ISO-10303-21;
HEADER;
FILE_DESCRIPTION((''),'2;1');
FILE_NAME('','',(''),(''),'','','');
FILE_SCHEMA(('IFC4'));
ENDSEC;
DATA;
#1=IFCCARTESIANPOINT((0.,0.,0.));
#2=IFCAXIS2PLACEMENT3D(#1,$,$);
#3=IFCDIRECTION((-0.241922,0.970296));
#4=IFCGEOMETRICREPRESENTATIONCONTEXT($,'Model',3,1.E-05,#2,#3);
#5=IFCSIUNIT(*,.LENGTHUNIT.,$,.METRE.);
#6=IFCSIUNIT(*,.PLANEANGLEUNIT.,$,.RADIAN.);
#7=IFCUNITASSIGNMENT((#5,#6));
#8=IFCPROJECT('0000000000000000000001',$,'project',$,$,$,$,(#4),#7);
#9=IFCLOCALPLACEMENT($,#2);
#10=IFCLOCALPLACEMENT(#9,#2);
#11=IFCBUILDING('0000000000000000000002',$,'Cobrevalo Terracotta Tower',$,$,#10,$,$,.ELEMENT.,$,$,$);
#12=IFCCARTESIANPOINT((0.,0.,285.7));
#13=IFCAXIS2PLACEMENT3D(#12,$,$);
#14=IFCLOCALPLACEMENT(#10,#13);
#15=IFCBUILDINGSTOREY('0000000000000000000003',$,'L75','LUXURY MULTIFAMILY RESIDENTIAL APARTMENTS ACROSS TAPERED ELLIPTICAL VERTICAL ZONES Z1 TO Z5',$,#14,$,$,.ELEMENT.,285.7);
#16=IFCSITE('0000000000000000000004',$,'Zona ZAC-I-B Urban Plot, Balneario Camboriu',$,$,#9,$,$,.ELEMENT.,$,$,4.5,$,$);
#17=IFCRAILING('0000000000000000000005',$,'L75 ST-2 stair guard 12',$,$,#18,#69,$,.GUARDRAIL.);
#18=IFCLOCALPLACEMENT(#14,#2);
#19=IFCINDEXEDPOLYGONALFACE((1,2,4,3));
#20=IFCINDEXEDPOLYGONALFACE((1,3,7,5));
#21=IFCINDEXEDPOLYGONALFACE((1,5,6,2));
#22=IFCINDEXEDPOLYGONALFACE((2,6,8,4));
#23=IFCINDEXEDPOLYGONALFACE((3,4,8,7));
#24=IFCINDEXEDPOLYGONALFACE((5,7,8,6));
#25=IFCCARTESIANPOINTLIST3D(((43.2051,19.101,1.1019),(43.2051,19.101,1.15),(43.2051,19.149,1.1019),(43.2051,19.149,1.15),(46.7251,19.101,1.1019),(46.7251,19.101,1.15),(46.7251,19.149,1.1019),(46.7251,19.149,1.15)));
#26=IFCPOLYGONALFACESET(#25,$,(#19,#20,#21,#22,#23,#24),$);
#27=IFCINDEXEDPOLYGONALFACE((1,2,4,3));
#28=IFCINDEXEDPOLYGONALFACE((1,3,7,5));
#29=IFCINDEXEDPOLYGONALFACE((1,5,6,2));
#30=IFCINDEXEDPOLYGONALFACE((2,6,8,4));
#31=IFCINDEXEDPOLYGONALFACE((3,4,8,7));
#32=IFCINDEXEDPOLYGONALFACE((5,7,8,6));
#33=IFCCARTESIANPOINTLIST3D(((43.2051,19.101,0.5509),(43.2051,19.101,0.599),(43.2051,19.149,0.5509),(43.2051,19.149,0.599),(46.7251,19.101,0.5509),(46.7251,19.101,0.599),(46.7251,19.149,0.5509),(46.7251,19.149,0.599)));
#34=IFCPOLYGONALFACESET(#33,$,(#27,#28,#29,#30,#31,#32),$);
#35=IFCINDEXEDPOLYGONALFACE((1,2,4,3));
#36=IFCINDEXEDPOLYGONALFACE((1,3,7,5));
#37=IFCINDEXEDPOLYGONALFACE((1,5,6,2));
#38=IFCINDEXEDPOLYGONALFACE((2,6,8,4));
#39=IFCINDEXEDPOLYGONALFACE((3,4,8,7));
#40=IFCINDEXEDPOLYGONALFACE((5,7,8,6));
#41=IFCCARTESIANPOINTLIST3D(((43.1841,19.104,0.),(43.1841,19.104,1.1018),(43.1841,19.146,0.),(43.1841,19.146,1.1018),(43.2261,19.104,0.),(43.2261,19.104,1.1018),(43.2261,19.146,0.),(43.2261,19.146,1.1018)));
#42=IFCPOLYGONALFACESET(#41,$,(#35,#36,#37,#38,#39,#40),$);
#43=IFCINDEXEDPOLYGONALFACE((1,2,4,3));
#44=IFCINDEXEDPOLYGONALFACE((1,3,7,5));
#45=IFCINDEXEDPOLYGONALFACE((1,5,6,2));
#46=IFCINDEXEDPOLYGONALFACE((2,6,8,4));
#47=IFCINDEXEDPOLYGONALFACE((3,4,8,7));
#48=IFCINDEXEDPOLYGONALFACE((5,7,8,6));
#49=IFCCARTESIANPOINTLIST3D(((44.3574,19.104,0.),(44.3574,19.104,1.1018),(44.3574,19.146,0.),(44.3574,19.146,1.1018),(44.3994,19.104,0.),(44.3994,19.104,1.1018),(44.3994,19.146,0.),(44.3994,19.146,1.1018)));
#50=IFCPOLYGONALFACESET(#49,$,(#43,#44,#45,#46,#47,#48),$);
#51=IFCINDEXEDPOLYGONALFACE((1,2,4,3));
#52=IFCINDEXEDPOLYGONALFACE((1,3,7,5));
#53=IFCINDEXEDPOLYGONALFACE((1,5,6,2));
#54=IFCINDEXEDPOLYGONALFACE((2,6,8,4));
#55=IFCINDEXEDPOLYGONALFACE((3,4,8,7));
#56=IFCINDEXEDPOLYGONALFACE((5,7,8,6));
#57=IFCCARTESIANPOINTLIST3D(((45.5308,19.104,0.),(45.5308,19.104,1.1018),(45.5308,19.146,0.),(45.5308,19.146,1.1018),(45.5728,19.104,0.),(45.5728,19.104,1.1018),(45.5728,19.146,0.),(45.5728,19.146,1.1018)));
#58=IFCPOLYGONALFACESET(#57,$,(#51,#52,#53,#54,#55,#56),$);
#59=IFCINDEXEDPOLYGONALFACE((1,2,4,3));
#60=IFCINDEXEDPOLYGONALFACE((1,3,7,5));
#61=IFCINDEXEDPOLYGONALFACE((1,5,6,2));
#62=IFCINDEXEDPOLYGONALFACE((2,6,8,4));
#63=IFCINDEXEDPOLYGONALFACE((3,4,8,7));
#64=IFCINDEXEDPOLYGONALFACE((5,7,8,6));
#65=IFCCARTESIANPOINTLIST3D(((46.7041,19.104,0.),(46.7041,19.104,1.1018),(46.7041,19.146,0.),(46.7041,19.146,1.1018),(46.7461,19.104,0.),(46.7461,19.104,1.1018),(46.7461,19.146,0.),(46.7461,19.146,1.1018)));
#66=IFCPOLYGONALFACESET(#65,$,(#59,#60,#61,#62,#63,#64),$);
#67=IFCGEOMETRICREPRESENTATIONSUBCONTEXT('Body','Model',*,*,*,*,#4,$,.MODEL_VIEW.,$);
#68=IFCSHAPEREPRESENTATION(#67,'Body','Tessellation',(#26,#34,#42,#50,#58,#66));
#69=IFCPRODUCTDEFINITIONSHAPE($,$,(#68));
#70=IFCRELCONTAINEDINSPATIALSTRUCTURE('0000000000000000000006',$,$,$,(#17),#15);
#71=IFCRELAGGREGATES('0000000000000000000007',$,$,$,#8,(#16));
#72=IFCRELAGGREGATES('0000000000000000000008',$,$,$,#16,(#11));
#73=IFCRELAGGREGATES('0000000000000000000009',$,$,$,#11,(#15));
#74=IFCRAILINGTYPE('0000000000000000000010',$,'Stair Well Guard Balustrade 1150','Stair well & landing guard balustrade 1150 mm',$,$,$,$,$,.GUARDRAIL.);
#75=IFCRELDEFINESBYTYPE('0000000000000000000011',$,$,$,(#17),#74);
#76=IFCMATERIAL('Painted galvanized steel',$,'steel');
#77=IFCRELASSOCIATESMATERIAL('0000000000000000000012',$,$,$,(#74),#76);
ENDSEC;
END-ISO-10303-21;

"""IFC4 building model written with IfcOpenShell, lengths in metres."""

from ifc_helpers import new_model, si_unit, direction, frame, origin, origin_2d, place, context, subcontext, project, spatial, rectangle, extrude, material, type_object, element, save


model = new_model("IFC4")

# Units and contexts
model_context = context("Model", 3, precision=1e-05, world=origin(), true_north=direction((-0.241922, 0.970296)))
body_context = subcontext(model_context, "Body", "Model", "MODEL_VIEW")
ifc_project = project(units=[si_unit("LENGTHUNIT", "METRE"), si_unit("PLANEANGLEUNIT", "RADIAN")], contexts=[model_context])

# Site, building, storey
site_placement = place(None, origin())
site = spatial("IfcSite", under=ifc_project, at=site_placement, Name="Zona ZAC-I-B Urban Plot, Balneario Camboriu", CompositionType="ELEMENT", RefElevation=4.5)
building_placement = place(site_placement, origin())
building = spatial("IfcBuilding", under=site, at=building_placement, Name="Cobrevalo Terracotta Tower", CompositionType="ELEMENT")
storey_placement = place(building_placement, frame((0.0, 0.0, 285.7)))
storey = spatial("IfcBuildingStorey", under=building, at=storey_placement, Name="L75", Description="LUXURY MULTIFAMILY RESIDENTIAL APARTMENTS ACROSS TAPERED ELLIPTICAL VERTICAL ZONES Z1 TO Z5", CompositionType="ELEMENT", Elevation=285.7)

# Railing
ifc_material_1 = material(Name="Painted galvanized steel", Category="steel")
railing_type = type_object("IfcRailingType", Name="Stair Well Guard Balustrade 1150", Description="Stair well & landing guard balustrade 1150 mm", PredefinedType="GUARDRAIL", material=ifc_material_1)
railing_placement = place(storey_placement, frame((43.2051, 19.125, 0.0)))
element("IfcRailing", 1, at=railing_placement, inside=storey, type_object=railing_type, Name="L75 ST-2 stair guard 12", PredefinedType="GUARDRAIL", context=body_context, shape_type="SweptSolid", body=[
    extrude(rectangle(XDim=0.0481, YDim=0.0481, at=origin_2d()), frame((0.0, 0.0, 1.126), z_axis=(1.0, 0.0, 0.0), x_axis=(0.0, 1.0, 0.0)), (0.0, 0.0, 1.0), 3.52),
    extrude(rectangle(XDim=0.0481, YDim=0.0481, at=origin_2d()), frame((0.0, 0.0, 0.575), z_axis=(1.0, 0.0, 0.0), x_axis=(0.0, 1.0, 0.0)), (0.0, 0.0, 1.0), 3.52),
    extrude(rectangle(XDim=0.042, YDim=0.042, at=origin_2d()), origin(), (0.0, 0.0, 1.0), 1.1018),
    extrude(rectangle(XDim=0.042, YDim=0.042, at=origin_2d()), frame((1.1733, 0.0, 0.0)), (0.0, 0.0, 1.0), 1.1018),
    extrude(rectangle(XDim=0.042, YDim=0.042, at=origin_2d()), frame((2.3467, 0.0, 0.0)), (0.0, 0.0, 1.0), 1.1018),
    extrude(rectangle(XDim=0.042, YDim=0.042, at=origin_2d()), frame((3.52, 0.0, 0.0)), (0.0, 0.0, 1.0), 1.1018),
])

save(model, "model.ifc")
